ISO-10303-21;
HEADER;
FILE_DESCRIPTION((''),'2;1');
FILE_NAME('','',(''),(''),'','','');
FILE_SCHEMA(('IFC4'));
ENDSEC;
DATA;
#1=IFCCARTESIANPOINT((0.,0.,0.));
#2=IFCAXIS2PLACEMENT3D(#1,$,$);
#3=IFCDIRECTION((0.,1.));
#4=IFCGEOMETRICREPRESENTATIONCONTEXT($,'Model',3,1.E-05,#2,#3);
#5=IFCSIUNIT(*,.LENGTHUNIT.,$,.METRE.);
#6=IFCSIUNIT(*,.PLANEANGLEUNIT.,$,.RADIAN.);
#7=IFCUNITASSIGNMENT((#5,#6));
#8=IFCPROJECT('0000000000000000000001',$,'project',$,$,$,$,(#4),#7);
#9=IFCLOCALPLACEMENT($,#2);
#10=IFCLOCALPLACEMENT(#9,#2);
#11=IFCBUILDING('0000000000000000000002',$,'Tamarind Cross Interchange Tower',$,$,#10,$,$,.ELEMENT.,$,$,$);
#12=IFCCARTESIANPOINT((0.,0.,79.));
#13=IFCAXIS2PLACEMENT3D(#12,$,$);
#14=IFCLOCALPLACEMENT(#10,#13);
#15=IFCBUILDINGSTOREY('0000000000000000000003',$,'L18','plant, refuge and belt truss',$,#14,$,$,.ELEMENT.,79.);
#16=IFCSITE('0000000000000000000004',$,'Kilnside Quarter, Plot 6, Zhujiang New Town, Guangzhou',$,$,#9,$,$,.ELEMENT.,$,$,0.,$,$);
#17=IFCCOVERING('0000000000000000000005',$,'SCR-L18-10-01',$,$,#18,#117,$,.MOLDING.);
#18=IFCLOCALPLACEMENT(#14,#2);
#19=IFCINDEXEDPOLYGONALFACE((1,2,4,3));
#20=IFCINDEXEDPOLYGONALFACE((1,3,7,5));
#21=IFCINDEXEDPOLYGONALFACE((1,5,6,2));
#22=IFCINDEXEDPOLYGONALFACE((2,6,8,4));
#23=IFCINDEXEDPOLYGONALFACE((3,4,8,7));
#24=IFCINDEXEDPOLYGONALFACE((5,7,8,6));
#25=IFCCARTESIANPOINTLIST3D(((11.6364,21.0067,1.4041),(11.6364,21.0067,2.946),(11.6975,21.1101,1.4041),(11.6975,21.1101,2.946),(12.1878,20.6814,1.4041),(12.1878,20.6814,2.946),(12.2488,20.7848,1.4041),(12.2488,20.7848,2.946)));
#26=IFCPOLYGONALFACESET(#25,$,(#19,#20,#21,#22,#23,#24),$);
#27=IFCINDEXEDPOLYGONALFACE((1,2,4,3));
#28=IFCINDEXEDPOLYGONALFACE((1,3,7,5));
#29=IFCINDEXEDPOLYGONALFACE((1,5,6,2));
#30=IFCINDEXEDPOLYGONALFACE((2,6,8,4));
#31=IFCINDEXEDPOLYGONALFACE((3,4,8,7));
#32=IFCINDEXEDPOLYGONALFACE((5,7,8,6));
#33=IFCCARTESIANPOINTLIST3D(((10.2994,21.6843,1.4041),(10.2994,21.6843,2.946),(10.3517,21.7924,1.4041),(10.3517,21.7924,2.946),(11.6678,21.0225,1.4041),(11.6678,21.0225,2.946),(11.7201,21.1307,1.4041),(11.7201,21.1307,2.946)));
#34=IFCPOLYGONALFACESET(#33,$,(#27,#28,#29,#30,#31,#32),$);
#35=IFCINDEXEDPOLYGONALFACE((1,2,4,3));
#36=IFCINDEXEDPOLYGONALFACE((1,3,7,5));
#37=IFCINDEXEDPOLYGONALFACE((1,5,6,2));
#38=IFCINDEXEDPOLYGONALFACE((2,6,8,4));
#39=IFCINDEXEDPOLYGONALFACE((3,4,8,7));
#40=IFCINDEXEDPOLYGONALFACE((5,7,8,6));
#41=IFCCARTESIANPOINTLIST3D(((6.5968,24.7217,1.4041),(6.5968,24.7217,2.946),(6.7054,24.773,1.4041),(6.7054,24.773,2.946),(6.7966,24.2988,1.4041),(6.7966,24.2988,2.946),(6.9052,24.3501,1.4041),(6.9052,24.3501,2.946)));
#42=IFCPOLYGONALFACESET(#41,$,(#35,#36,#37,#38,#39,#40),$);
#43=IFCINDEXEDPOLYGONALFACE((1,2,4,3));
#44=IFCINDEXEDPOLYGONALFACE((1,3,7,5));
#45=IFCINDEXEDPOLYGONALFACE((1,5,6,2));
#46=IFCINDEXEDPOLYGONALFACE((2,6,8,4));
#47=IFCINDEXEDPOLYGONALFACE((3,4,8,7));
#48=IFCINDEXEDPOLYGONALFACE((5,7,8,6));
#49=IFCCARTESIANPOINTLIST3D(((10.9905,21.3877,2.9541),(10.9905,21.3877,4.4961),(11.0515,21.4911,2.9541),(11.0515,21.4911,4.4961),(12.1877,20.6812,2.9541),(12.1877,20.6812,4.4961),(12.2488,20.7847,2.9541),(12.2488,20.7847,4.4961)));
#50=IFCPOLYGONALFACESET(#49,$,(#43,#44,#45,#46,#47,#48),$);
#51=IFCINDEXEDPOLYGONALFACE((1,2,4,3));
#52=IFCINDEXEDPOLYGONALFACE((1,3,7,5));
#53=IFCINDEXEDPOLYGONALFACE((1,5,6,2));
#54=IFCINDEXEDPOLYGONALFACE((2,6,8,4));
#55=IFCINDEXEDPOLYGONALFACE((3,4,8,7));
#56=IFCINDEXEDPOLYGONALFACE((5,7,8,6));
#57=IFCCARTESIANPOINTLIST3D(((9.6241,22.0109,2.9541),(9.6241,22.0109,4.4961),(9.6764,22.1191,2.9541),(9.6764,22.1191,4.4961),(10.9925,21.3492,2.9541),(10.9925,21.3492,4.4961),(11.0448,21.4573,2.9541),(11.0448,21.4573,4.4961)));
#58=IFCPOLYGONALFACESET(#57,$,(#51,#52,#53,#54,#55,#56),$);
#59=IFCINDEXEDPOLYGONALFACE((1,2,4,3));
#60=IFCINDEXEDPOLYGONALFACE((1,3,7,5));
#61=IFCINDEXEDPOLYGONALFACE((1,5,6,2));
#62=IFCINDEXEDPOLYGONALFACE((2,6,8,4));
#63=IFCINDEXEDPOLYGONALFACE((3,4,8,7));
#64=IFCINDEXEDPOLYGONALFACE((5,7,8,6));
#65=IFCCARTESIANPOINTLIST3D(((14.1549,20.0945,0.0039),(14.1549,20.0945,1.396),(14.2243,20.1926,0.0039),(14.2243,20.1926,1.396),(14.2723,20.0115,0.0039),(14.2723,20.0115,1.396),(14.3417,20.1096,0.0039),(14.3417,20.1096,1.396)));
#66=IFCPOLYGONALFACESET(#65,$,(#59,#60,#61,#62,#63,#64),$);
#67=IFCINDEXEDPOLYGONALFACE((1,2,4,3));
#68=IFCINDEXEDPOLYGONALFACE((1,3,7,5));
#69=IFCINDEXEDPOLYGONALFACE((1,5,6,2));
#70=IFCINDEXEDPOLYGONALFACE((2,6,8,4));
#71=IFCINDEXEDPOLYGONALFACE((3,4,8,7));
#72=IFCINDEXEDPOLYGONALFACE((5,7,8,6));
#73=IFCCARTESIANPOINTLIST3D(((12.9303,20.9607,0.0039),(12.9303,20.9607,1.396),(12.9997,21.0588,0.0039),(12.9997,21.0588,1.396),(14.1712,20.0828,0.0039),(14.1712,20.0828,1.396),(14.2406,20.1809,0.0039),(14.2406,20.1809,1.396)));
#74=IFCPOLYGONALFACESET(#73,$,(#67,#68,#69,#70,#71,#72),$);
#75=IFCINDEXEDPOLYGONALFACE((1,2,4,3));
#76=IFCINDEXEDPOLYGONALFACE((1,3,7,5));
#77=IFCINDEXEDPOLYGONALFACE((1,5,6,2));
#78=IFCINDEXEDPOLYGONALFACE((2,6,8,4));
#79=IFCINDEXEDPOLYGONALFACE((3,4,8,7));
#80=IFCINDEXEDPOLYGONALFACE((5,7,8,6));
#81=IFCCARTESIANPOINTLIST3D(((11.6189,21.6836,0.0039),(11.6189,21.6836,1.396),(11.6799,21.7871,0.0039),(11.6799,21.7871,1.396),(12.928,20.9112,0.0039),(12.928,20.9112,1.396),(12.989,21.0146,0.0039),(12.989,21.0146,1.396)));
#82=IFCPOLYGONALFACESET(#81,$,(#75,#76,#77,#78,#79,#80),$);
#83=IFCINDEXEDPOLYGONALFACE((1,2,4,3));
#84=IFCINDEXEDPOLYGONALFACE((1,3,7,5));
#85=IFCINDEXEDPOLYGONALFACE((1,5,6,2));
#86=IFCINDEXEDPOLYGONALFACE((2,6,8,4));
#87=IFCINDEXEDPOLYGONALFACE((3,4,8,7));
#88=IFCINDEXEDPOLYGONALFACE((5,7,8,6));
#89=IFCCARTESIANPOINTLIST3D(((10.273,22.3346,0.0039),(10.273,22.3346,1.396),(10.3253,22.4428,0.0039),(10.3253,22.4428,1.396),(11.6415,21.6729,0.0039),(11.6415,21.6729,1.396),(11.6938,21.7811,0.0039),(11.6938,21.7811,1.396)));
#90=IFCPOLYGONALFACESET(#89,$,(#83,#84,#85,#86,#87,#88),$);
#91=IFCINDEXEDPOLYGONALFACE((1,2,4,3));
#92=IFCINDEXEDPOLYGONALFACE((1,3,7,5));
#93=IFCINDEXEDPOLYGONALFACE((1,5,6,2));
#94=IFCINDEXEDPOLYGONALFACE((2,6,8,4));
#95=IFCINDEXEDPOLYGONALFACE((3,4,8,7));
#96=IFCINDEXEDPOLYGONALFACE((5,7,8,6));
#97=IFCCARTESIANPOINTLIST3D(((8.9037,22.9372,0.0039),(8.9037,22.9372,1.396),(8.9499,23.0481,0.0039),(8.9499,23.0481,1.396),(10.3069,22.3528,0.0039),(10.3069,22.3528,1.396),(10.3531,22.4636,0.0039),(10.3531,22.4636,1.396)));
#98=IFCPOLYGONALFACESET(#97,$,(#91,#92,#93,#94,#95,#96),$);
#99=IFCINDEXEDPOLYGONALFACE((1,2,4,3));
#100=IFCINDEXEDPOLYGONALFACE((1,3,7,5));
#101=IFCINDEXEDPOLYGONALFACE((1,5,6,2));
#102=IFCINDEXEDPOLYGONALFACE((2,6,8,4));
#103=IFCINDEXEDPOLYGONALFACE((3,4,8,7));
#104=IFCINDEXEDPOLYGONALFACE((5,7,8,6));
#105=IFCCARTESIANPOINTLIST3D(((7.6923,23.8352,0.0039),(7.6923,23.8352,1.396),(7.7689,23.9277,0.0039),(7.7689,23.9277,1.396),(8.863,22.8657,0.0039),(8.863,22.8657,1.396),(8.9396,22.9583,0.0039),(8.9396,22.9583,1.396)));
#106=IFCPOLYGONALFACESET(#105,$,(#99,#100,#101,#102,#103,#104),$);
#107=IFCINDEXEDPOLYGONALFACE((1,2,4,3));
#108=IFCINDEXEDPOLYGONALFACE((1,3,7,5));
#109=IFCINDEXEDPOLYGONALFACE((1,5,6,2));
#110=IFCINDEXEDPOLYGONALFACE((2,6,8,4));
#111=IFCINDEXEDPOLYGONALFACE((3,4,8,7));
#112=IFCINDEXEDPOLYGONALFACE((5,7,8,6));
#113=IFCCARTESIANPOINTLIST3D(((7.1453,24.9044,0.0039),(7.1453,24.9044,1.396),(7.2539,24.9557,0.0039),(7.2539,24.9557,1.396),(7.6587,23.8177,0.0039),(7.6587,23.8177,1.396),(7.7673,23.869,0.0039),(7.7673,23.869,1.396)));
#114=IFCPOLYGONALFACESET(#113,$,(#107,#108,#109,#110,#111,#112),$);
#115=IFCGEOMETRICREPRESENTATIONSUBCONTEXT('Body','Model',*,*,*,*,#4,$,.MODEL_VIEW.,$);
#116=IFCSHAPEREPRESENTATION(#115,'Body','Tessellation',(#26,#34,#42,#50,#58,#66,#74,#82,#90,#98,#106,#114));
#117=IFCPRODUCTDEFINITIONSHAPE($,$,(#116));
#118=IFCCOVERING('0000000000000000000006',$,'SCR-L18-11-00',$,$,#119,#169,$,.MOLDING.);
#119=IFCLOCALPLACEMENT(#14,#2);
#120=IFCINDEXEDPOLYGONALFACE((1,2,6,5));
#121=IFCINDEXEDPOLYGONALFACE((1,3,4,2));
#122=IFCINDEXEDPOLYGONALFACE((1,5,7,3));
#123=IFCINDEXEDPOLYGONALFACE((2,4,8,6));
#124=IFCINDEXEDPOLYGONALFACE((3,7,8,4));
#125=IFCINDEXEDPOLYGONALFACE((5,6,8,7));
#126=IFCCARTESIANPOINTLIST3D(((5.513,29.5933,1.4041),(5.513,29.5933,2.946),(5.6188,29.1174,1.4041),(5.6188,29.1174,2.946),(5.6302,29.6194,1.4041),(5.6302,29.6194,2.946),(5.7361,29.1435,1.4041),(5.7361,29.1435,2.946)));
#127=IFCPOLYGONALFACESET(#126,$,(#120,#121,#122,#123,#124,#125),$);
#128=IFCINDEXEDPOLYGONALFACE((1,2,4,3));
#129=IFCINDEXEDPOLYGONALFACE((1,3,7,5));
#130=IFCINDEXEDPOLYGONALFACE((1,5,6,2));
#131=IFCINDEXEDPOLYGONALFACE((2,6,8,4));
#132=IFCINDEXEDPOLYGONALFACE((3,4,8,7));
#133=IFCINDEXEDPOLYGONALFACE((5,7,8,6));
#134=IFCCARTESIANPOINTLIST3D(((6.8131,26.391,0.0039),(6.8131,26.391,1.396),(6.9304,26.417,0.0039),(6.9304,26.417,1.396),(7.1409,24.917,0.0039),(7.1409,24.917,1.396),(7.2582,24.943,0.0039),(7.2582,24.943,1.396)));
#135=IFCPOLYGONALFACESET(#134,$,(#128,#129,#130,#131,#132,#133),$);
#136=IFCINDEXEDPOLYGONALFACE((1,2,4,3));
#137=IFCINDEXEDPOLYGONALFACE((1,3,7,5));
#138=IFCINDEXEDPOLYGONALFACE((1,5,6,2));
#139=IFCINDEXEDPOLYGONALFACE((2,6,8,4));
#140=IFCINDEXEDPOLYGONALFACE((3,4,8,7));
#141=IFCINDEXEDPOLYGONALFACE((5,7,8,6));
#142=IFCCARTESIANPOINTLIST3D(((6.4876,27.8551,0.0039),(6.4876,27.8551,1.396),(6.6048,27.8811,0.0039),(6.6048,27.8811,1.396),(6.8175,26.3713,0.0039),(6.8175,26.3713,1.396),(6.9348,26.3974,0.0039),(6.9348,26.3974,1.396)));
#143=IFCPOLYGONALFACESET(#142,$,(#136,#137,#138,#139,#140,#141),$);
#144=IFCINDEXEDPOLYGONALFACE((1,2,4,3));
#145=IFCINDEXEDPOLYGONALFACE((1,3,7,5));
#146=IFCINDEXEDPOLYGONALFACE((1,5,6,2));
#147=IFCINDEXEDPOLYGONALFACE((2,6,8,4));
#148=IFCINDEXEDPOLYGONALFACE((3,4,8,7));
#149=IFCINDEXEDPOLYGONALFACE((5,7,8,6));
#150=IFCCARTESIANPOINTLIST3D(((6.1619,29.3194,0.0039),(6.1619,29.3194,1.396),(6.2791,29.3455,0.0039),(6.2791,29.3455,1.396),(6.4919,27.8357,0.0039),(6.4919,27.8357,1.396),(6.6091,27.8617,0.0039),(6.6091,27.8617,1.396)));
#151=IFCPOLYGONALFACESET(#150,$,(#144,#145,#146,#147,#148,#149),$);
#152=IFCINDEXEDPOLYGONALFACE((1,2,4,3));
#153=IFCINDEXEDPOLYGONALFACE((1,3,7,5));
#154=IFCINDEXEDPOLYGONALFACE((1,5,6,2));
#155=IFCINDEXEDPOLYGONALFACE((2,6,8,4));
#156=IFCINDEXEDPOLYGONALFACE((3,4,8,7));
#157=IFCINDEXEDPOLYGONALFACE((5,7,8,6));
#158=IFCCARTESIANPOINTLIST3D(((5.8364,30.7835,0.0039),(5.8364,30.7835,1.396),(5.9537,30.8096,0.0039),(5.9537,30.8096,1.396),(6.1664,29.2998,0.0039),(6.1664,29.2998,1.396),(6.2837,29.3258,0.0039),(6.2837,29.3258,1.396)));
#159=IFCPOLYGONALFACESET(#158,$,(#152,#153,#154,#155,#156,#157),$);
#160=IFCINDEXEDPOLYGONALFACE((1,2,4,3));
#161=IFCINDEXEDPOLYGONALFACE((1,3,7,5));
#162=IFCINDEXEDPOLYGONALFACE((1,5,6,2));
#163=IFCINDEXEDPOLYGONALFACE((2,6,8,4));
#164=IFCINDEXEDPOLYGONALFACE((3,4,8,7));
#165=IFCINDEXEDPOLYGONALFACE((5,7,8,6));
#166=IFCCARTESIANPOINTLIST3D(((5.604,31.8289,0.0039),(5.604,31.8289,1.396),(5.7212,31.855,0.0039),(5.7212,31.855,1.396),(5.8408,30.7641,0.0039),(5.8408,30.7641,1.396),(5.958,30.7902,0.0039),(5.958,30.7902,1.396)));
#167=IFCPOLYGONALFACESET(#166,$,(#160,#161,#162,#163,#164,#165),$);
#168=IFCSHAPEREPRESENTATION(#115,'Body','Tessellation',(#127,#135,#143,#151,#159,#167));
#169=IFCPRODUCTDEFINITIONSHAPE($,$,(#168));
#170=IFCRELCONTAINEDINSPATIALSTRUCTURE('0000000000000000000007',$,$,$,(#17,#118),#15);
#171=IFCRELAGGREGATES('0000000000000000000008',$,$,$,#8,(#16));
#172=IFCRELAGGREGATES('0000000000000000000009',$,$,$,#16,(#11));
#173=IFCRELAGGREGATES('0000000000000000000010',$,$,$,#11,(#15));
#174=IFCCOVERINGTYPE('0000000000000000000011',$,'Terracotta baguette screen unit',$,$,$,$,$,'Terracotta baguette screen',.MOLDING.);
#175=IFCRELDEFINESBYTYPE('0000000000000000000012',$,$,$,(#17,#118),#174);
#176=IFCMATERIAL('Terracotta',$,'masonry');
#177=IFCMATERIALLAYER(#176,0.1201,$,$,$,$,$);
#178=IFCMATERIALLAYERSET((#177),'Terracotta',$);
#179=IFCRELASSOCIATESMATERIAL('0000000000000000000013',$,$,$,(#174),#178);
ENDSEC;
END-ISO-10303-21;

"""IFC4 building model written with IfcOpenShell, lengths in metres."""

from ifc_helpers import new_model, si_unit, direction, frame, origin, origin_2d, place, context, subcontext, project, spatial, rectangle, extrude, material, layer, layer_set, type_object, element, save


model = new_model("IFC4")

# Units and contexts
model_context = context("Model", 3, precision=1e-05, world=origin(), true_north=direction((0.0, 1.0)))
body_context = subcontext(model_context, "Body", "Model", "MODEL_VIEW")
ifc_project = project(units=[si_unit("LENGTHUNIT", "METRE"), si_unit("PLANEANGLEUNIT", "RADIAN")], contexts=[model_context])

# Site, building, storey
site_placement = place(None, origin())
site = spatial("IfcSite", under=ifc_project, at=site_placement, Name="Kilnside Quarter, Plot 6, Zhujiang New Town, Guangzhou", CompositionType="ELEMENT", RefElevation=0.0)
building_placement = place(site_placement, origin())
building = spatial("IfcBuilding", under=site, at=building_placement, Name="Tamarind Cross Interchange Tower", CompositionType="ELEMENT")
storey_placement = place(building_placement, frame((0.0, 0.0, 79.0)))
storey = spatial("IfcBuildingStorey", under=building, at=storey_placement, Name="L18", Description="plant, refuge and belt truss", CompositionType="ELEMENT", Elevation=79.0)

# Coverings
ifc_material_1 = material(Name="Terracotta", Category="masonry")
ifc_layer_1 = layer(ifc_material_1, 0.1201)
ifc_layer_set_1 = layer_set([ifc_layer_1], Name="Terracotta")
covering_type = type_object("IfcCoveringType", Name="Terracotta baguette screen unit", ElementType="Terracotta baguette screen", PredefinedType="MOLDING", material=ifc_layer_set_1)
covering_1_placement = place(storey_placement, origin())
element("IfcCovering", 1, at=covering_1_placement, inside=storey, type_object=covering_type, Name="SCR-L18-10-01", PredefinedType="MOLDING", context=body_context, shape_type="SweptSolid", body=[
    extrude(rectangle(XDim=0.6401, YDim=0.1201, at=origin_2d()), frame((11.9426, 20.8958, 1.4041), z_axis=(0.0, 0.0, 1.0), x_axis=(-0.861249, 0.508183, 0.0)), (0.0, 0.0, 1.0), 1.542),
    extrude(rectangle(XDim=1.52, YDim=0.1201, at=origin_2d()), frame((11.0098, 21.4075, 1.4041), z_axis=(0.0, 0.0, 1.0), x_axis=(-0.900273, 0.435326, 0.0)), (0.0, 0.0, 1.0), 1.542),
    extrude(rectangle(XDim=0.4678, YDim=0.1201, at=origin_2d()), frame((6.751, 24.5359, 1.4041), z_axis=(0.0, 0.0, 1.0), x_axis=(-0.427217, 0.904149, 0.0)), (0.0, 0.0, 1.0), 1.542),
    extrude(rectangle(XDim=1.3901, YDim=0.1201, at=origin_2d()), frame((11.6196, 21.0862, 2.9541), z_axis=(0.0, 0.0, 1.0), x_axis=(-0.861249, 0.508183, 0.0)), (0.0, 0.0, 1.0), 1.542),
    extrude(rectangle(XDim=1.52, YDim=0.1201, at=origin_2d()), frame((10.3345, 21.7341, 2.9541), z_axis=(0.0, 0.0, 1.0), x_axis=(-0.900273, 0.435326, 0.0)), (0.0, 0.0, 1.0), 1.542),
    extrude(rectangle(XDim=0.1438, YDim=0.1201, at=origin_2d()), frame((14.2483, 20.1021, 0.0039), z_axis=(0.0, 0.0, 1.0), x_axis=(-0.816342, 0.577569, 0.0)), (0.0, 0.0, 1.0), 1.3921),
    extrude(rectangle(XDim=1.52, YDim=0.1201, at=origin_2d()), frame((13.5854, 20.5708, 0.0039), z_axis=(0.0, 0.0, 1.0), x_axis=(-0.816342, 0.577569, 0.0)), (0.0, 0.0, 1.0), 1.3921),
    extrude(rectangle(XDim=1.52, YDim=0.1201, at=origin_2d()), frame((12.304, 21.3491, 0.0039), z_axis=(0.0, 0.0, 1.0), x_axis=(-0.861249, 0.508183, 0.0)), (0.0, 0.0, 1.0), 1.3921),
    extrude(rectangle(XDim=1.52, YDim=0.1201, at=origin_2d()), frame((10.9834, 22.0579, 0.0039), z_axis=(0.0, 0.0, 1.0), x_axis=(-0.900273, 0.435326, 0.0)), (0.0, 0.0, 1.0), 1.3921),
    extrude(rectangle(XDim=1.52, YDim=0.1201, at=origin_2d()), frame((9.6284, 22.7004, 0.0039), z_axis=(0.0, 0.0, 1.0), x_axis=(-0.923118, 0.384517, 0.0)), (0.0, 0.0, 1.0), 1.3921),
    extrude(rectangle(XDim=1.52, YDim=0.1201, at=origin_2d()), frame((8.3159, 23.3967, 0.0039), z_axis=(0.0, 0.0, 1.0), x_axis=(-0.770201, 0.637801, 0.0)), (0.0, 0.0, 1.0), 1.3921),
    extrude(rectangle(XDim=1.2019, YDim=0.1201, at=origin_2d()), frame((7.4563, 24.3867, 0.0039), z_axis=(0.0, 0.0, 1.0), x_axis=(-0.427217, 0.904149, 0.0)), (0.0, 0.0, 1.0), 1.3921),
])
covering_2_placement = place(storey_placement, origin())
element("IfcCovering", 2, at=covering_2_placement, inside=storey, type_object=covering_type, Name="SCR-L18-11-00", PredefinedType="MOLDING", context=body_context, shape_type="SweptSolid", body=[
    extrude(rectangle(XDim=0.4875, YDim=0.1201, at=origin_2d()), frame((5.6245, 29.3684, 1.4041), z_axis=(0.0, 0.0, 1.0), x_axis=(-0.21708, 0.976154, 0.0)), (0.0, 0.0, 1.0), 1.542),
    extrude(rectangle(XDim=1.51, YDim=0.1201, at=origin_2d()), frame((7.0356, 25.667, 0.0039), z_axis=(0.0, 0.0, 1.0), x_axis=(-0.21708, 0.976154, 0.0)), (0.0, 0.0, 1.0), 1.3921),
    extrude(rectangle(XDim=1.52, YDim=0.1201, at=origin_2d()), frame((6.7112, 27.1262, 0.0039), z_axis=(0.0, 0.0, 1.0), x_axis=(-0.21708, 0.976154, 0.0)), (0.0, 0.0, 1.0), 1.3921),
    extrude(rectangle(XDim=1.52, YDim=0.1201, at=origin_2d()), frame((6.3855, 28.5906, 0.0039), z_axis=(0.0, 0.0, 1.0), x_axis=(-0.21708, 0.976154, 0.0)), (0.0, 0.0, 1.0), 1.3921),
    extrude(rectangle(XDim=1.52, YDim=0.1201, at=origin_2d()), frame((6.0601, 30.0547, 0.0039), z_axis=(0.0, 0.0, 1.0), x_axis=(-0.21708, 0.976154, 0.0)), (0.0, 0.0, 1.0), 1.3921),
    extrude(rectangle(XDim=1.0908, YDim=0.1201, at=origin_2d()), frame((5.781, 31.3096, 0.0039), z_axis=(0.0, 0.0, 1.0), x_axis=(-0.21708, 0.976154, 0.0)), (0.0, 0.0, 1.0), 1.3921),
])

save(model, "model.ifc")
